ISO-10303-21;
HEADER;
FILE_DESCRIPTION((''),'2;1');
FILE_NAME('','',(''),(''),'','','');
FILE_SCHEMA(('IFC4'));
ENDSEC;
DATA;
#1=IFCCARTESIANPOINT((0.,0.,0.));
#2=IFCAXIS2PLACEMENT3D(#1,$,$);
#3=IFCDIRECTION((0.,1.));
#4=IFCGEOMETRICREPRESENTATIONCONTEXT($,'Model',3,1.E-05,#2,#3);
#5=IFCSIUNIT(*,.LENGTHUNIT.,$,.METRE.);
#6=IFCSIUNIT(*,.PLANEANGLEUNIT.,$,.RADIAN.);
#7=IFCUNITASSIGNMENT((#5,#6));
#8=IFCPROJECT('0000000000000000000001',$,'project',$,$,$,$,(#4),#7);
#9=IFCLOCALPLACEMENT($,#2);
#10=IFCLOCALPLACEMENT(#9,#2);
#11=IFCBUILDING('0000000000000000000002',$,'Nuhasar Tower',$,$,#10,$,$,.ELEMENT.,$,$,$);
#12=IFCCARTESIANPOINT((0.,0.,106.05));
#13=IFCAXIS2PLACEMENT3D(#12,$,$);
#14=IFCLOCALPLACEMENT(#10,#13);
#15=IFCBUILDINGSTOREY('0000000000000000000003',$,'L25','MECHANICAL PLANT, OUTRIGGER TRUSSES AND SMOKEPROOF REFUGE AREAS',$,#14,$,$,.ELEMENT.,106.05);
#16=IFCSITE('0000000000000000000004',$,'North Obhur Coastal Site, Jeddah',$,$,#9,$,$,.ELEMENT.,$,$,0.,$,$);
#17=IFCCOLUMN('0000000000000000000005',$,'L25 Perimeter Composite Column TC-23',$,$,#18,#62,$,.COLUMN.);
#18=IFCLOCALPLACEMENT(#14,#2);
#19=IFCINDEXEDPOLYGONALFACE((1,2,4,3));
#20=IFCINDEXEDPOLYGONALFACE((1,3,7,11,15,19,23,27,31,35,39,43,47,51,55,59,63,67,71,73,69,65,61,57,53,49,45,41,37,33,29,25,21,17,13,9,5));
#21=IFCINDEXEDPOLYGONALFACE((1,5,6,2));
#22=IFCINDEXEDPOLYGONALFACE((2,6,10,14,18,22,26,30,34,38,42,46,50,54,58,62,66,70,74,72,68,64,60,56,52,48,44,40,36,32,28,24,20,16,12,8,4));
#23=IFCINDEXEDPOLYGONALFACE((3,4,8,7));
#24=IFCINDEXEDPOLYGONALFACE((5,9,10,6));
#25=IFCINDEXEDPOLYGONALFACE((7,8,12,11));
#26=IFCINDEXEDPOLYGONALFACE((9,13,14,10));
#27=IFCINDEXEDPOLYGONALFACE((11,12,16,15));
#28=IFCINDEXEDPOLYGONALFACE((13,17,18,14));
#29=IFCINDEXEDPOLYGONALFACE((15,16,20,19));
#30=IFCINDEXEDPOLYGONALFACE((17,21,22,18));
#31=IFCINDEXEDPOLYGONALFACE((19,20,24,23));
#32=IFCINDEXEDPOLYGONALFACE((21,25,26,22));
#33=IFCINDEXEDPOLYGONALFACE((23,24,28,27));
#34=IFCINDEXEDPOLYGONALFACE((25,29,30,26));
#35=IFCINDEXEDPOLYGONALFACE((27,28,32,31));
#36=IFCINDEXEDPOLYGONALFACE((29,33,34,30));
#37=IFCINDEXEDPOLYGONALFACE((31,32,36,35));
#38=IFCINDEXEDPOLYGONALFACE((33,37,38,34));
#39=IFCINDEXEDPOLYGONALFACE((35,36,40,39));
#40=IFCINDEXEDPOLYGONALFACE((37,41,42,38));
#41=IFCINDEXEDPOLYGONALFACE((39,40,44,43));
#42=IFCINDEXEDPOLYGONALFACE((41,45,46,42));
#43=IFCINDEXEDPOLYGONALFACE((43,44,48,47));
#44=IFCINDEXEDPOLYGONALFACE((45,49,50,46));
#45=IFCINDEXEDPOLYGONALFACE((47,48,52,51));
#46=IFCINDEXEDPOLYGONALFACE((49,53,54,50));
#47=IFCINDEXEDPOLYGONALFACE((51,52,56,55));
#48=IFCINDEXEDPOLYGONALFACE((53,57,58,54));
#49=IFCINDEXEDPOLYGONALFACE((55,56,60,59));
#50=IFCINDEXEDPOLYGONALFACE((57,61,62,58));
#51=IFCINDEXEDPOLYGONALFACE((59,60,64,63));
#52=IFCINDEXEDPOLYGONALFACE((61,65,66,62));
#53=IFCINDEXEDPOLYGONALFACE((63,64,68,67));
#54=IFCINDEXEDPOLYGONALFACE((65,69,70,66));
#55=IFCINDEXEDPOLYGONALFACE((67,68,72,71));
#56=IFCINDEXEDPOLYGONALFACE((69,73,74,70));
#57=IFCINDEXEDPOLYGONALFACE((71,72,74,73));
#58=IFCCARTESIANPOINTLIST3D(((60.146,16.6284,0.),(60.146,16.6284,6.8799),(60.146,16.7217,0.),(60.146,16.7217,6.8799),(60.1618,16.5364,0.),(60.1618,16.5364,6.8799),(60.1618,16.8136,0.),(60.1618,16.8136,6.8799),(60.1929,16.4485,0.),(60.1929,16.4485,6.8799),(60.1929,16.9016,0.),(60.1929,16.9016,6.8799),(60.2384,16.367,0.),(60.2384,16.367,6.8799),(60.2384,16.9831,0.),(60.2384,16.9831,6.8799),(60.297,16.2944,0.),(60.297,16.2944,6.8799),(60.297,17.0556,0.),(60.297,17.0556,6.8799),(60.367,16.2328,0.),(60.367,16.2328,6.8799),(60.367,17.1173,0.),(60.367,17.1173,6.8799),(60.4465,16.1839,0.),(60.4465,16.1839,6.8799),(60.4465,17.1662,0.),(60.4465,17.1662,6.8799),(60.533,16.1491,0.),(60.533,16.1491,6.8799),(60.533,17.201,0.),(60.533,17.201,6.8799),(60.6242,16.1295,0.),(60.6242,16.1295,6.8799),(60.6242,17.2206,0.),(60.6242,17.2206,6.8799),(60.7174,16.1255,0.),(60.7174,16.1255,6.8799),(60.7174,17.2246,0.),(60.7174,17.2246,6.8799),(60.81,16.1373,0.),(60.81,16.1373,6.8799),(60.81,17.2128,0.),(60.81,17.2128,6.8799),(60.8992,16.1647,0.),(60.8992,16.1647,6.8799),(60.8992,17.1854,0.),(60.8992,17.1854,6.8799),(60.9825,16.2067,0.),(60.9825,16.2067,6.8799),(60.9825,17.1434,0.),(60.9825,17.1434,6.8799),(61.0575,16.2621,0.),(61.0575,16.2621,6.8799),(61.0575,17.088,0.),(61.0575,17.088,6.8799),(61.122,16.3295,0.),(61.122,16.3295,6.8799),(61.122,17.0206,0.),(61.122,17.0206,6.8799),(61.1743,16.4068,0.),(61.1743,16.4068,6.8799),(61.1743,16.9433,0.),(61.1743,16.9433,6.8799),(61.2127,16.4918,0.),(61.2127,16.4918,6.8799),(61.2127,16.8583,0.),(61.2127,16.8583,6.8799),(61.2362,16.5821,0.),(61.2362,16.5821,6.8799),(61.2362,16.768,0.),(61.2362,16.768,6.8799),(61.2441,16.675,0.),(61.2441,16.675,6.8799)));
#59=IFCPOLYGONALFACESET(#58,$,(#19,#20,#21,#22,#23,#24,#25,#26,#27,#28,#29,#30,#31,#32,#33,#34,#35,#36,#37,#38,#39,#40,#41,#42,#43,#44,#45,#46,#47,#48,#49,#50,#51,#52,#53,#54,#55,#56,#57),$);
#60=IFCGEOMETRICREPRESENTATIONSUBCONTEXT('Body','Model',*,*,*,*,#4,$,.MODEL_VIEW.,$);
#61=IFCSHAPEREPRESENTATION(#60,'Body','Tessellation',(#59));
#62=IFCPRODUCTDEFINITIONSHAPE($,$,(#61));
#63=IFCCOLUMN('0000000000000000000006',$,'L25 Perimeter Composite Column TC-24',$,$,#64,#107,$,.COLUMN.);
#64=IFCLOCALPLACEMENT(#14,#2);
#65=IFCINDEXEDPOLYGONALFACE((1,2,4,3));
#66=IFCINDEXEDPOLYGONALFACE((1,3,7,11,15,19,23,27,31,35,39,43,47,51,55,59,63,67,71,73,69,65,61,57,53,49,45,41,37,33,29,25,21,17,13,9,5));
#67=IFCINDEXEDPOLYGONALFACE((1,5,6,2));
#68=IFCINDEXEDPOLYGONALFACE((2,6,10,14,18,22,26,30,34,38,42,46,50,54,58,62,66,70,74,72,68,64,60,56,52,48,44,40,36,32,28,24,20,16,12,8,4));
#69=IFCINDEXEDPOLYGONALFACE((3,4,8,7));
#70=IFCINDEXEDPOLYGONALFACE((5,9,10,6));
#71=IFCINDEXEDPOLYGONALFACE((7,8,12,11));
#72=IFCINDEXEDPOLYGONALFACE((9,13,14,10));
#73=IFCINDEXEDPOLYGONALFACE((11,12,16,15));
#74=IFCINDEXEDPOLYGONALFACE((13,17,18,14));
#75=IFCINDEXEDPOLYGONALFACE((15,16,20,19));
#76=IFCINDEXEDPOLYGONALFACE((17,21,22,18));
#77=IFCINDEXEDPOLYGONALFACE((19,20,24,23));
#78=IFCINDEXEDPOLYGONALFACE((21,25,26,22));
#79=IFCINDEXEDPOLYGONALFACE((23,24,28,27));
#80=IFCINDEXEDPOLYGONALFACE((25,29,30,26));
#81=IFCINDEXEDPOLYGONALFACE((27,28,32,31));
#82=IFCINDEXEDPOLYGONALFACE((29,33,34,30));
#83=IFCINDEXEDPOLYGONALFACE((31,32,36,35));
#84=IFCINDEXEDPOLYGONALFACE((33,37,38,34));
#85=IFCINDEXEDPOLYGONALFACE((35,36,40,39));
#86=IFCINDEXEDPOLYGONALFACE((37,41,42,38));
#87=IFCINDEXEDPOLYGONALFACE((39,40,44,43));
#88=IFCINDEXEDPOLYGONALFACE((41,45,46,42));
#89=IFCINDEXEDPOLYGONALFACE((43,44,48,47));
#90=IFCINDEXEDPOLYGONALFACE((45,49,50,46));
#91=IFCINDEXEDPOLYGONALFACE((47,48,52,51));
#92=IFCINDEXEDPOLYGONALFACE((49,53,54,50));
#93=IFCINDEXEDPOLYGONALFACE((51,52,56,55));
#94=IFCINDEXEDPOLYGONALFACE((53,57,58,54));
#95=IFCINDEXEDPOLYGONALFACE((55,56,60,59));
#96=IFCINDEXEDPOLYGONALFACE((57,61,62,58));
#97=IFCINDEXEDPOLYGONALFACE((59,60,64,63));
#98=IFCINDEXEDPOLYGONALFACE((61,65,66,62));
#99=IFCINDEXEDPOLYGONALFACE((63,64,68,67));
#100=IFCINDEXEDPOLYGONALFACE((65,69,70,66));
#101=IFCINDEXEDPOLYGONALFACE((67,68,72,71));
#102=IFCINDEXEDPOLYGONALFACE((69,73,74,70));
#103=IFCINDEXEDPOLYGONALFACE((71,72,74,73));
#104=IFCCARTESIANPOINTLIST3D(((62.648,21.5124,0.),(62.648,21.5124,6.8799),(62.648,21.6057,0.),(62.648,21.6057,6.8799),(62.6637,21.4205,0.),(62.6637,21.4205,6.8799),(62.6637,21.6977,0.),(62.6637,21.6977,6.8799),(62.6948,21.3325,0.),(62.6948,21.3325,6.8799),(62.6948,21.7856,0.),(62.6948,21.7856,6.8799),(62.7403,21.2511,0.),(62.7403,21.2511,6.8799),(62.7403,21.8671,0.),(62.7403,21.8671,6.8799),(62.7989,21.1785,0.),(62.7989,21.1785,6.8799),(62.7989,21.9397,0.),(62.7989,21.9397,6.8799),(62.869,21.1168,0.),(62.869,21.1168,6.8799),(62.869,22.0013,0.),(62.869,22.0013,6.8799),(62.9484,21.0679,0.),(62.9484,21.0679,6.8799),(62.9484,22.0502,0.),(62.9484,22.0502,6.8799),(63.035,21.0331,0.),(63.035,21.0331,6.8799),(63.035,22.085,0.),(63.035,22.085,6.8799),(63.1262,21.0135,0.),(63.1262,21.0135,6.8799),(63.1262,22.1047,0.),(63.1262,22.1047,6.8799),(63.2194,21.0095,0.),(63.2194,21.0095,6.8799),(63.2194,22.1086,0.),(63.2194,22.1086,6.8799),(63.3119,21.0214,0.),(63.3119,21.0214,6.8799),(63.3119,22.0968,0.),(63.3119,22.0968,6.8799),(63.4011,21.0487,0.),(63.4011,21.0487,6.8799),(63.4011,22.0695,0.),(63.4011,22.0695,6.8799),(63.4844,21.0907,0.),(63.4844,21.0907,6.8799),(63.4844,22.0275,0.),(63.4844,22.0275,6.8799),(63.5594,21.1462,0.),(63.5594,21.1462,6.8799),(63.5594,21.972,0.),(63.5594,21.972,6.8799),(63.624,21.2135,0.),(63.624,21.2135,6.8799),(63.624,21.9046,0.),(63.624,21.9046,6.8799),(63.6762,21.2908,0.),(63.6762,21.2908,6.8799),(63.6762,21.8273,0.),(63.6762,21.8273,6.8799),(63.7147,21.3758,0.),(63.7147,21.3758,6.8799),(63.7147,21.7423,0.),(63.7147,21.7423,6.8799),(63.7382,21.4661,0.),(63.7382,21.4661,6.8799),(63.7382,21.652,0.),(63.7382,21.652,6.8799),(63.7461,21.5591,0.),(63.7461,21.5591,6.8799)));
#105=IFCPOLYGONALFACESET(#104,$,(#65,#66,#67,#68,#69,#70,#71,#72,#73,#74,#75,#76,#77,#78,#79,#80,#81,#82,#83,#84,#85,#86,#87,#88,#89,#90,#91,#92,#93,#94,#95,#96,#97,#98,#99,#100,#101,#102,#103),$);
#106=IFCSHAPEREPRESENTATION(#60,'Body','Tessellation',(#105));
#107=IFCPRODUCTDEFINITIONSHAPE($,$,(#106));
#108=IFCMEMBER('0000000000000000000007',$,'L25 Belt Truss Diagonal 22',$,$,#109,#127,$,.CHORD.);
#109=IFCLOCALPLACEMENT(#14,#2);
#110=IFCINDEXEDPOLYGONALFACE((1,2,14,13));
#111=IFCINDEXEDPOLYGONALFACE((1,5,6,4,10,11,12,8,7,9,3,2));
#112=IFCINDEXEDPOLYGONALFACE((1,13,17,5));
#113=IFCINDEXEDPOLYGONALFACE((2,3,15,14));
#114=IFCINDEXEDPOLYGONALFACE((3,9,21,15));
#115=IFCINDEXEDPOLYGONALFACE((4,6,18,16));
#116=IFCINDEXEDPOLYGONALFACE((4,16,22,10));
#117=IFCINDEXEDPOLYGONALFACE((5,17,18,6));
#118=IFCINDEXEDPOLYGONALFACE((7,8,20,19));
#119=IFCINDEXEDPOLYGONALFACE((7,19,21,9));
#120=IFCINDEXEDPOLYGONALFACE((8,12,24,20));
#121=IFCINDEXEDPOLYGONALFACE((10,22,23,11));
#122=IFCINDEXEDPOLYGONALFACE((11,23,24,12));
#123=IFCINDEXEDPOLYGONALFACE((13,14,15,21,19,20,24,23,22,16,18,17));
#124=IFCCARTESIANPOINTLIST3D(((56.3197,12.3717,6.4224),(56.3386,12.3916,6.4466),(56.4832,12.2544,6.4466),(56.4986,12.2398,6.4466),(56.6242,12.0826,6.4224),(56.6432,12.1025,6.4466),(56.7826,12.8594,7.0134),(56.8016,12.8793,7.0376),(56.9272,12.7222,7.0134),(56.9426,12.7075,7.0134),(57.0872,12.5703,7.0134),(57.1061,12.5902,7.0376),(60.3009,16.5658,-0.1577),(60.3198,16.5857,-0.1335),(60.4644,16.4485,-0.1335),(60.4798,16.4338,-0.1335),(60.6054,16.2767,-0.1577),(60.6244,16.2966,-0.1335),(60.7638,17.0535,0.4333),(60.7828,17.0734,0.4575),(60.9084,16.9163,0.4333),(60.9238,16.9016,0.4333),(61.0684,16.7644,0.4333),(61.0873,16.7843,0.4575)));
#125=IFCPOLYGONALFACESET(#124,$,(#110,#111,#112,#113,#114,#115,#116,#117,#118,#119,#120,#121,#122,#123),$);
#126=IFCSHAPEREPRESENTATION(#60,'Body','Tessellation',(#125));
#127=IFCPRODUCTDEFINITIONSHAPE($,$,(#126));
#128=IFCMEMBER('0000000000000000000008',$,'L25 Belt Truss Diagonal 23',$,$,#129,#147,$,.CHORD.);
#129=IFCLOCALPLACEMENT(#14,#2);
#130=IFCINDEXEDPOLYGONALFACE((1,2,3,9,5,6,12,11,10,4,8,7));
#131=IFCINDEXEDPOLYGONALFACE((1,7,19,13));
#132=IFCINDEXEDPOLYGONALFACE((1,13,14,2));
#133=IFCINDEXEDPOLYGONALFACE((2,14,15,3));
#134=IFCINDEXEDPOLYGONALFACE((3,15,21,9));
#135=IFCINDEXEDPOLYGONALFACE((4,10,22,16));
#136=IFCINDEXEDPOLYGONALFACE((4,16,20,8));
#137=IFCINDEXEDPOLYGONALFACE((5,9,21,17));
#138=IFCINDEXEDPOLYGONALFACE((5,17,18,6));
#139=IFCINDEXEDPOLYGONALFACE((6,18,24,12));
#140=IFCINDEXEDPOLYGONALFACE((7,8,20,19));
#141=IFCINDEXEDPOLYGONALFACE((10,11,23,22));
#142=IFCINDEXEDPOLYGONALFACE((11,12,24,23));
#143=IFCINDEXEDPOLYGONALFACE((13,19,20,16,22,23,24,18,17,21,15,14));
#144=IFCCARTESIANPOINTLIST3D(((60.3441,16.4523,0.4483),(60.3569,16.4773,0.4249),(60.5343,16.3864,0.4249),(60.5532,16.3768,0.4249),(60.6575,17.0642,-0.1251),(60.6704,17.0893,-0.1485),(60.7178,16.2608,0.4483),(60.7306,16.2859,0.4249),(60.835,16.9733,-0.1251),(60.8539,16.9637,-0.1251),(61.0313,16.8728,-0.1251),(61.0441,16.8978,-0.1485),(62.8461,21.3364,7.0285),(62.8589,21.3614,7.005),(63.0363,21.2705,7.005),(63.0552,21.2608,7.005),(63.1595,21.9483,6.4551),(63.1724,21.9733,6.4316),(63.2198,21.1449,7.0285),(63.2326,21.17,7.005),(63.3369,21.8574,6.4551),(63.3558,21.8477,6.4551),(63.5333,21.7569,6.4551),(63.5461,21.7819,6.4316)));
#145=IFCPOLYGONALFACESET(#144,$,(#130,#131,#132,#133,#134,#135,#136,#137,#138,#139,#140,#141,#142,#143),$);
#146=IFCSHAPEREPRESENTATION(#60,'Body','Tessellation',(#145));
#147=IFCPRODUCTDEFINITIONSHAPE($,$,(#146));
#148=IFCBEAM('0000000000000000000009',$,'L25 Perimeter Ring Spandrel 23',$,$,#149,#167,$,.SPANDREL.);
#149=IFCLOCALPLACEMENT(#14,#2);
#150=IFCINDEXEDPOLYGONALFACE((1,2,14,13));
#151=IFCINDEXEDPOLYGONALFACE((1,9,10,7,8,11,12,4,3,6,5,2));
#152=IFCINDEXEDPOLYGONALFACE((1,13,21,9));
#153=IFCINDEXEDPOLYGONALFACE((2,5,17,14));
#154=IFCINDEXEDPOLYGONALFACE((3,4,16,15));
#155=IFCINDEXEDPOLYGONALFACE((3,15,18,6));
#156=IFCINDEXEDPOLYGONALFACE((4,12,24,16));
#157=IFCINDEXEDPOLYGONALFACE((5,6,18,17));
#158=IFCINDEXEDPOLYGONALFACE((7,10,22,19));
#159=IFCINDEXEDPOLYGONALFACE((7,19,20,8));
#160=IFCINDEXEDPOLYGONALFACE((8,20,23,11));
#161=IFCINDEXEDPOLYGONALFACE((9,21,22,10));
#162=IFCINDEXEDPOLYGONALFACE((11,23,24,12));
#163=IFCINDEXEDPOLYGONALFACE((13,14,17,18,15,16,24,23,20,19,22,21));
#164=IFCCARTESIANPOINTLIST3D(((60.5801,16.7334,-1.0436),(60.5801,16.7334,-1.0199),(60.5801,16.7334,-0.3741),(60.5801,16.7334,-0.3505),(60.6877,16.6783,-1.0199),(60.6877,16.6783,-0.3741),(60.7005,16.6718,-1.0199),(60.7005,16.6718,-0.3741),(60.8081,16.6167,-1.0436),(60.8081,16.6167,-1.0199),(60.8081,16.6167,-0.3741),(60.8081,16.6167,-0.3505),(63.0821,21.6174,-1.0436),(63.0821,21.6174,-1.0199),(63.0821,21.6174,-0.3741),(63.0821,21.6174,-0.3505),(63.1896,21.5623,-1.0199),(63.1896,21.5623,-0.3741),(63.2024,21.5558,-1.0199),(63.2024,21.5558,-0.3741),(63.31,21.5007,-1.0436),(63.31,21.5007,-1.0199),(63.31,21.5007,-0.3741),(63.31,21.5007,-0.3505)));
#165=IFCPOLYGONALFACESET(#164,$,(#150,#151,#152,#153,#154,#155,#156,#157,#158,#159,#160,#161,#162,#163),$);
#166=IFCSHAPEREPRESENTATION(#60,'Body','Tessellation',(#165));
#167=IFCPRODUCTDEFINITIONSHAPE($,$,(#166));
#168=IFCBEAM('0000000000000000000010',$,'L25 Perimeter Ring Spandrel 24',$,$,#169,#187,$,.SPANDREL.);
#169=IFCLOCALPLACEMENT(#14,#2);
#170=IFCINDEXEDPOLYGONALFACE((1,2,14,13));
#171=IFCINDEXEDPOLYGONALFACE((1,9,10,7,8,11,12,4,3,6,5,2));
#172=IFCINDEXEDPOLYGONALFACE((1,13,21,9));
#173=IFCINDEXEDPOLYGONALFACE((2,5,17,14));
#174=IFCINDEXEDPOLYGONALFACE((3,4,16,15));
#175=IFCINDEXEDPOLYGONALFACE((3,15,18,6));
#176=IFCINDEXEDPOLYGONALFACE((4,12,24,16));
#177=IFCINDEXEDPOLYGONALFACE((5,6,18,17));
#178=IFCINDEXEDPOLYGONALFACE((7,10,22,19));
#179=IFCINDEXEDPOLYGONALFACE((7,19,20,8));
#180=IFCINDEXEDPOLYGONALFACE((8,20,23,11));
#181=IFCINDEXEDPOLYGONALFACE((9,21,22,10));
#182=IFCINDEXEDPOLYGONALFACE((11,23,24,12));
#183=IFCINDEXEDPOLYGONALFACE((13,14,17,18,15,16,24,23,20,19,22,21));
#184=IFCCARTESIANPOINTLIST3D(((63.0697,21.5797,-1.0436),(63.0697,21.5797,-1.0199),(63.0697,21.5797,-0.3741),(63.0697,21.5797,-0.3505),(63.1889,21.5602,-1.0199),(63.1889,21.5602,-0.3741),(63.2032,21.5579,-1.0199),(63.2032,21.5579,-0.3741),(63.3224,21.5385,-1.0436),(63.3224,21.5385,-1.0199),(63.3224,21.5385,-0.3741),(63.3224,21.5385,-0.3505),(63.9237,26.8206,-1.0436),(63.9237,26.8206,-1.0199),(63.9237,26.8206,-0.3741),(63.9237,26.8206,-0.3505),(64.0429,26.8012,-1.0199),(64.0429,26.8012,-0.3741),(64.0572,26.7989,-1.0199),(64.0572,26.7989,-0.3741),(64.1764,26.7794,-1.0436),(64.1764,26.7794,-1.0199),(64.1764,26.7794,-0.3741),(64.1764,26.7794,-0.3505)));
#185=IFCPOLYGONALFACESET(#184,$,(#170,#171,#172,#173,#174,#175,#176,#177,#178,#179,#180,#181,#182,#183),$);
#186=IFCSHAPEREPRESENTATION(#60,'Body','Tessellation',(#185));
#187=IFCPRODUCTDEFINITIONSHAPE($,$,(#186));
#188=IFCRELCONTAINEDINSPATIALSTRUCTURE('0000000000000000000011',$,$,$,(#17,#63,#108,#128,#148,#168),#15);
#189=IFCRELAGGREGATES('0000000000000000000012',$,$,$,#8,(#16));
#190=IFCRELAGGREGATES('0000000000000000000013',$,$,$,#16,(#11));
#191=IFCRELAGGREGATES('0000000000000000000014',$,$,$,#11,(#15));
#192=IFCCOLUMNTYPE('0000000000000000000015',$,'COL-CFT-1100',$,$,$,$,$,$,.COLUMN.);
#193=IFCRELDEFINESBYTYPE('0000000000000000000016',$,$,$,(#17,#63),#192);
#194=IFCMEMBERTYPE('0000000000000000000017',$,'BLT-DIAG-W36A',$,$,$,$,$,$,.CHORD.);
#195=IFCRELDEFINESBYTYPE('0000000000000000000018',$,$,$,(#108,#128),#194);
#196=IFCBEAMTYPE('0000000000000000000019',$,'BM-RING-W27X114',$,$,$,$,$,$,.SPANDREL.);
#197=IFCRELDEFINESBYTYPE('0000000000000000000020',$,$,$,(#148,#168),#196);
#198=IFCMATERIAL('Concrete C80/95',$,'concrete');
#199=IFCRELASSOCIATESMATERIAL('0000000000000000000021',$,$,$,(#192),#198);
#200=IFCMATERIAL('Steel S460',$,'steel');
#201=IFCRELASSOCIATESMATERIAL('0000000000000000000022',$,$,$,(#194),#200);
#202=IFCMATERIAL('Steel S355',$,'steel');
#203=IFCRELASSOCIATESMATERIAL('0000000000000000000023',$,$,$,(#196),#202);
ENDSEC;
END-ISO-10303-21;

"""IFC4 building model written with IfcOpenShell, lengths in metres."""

from ifc_helpers import new_model, si_unit, direction, frame, origin, origin_2d, place, context, subcontext, project, spatial, circle, i_section, extrude, material, material_profile, profile_set, type_object, element, save


model = new_model("IFC4")

# Units and contexts
model_context = context("Model", 3, precision=1e-05, world=origin(), true_north=direction((0.0, 1.0)))
body_context = subcontext(model_context, "Body", "Model", "MODEL_VIEW")
ifc_project = project(units=[si_unit("LENGTHUNIT", "METRE"), si_unit("PLANEANGLEUNIT", "RADIAN")], contexts=[model_context])

# Site, building, storey
site_placement = place(None, origin())
site = spatial("IfcSite", under=ifc_project, at=site_placement, Name="North Obhur Coastal Site, Jeddah", CompositionType="ELEMENT", RefElevation=0.0)
building_placement = place(site_placement, origin())
building = spatial("IfcBuilding", under=site, at=building_placement, Name="Nuhasar Tower", CompositionType="ELEMENT")
storey_placement = place(building_placement, frame((0.0, 0.0, 106.05)))
storey = spatial("IfcBuildingStorey", under=building, at=storey_placement, Name="L25", Description="MECHANICAL PLANT, OUTRIGGER TRUSSES AND SMOKEPROOF REFUGE AREAS", CompositionType="ELEMENT", Elevation=106.05)

# Columns
ifc_material_1 = material(Name="Concrete C80/95", Category="concrete")
ifc_material_profile_1 = material_profile(ifc_material_1, circle(Radius=0.55, at=origin_2d()), Name="CFT1100")
ifc_profile_set_1 = profile_set([ifc_material_profile_1], Name="Concrete C80/95")
column_type = type_object("IfcColumnType", Name="COL-CFT-1100", PredefinedType="COLUMN", material=ifc_profile_set_1)
for number, where, z_axis, x_axis, name in (
    (1, (60.6941, 16.675, 0.0), (0.0, 0.0, 1.0), (1.0, 0.0, 0.0), "L25 Perimeter Composite Column TC-23"),
    (2, (63.196, 21.5591, 0.0), (0.0, 0.0, 1.0), (1.0, 0.0, 0.0), "L25 Perimeter Composite Column TC-24"),
):
    element("IfcColumn", number, at=place(storey_placement, frame(where, z_axis=z_axis, x_axis=x_axis)), inside=storey, type_object=column_type, Name=name, PredefinedType="COLUMN", context=body_context, shape_type="SweptSolid", body=[
        extrude(circle(Radius=0.55, at=origin_2d()), origin(), (0.0, 0.0, 1.0), 6.8799),
    ])

# Members
ifc_material_2 = material(Name="Steel S460", Category="steel")
ifc_material_profile_2 = material_profile(ifc_material_2, i_section(OverallWidth=0.4199, OverallDepth=0.9319, WebThickness=0.0212, FlangeThickness=0.0366, at=origin_2d()), Name="W36X262")
ifc_profile_set_2 = profile_set([ifc_material_profile_2], Name="Steel S460")
member_type_1 = type_object("IfcMemberType", Name="BLT-DIAG-W36A", PredefinedType="CHORD", material=ifc_profile_set_2)
member_1_placement = place(storey_placement, frame((60.6941, 16.675, 0.1499), z_axis=(-0.454474, -0.478777, 0.75115), x_axis=(0.725274, -0.68846, 0.0)))
element("IfcMember", 3, at=member_1_placement, inside=storey, type_object=member_type_1, Name="L25 Belt Truss Diagonal 22", PredefinedType="CHORD", context=body_context, shape_type="SweptSolid", body=[
    extrude(i_section(OverallWidth=0.4199, OverallDepth=0.9319, WebThickness=0.0212, FlangeThickness=0.0366, at=origin_2d()), origin(), (0.0, 0.0, 1.0), 8.76),
])
member_2_placement = place(storey_placement, frame((60.6941, 16.675, 0.1499), z_axis=(0.292011, 0.570031, 0.767981), x_axis=(-0.890016, 0.45593, 0.0)))
element("IfcMember", 4, at=member_2_placement, inside=storey, type_object=member_type_1, Name="L25 Belt Truss Diagonal 23", PredefinedType="CHORD", context=body_context, shape_type="SweptSolid", body=[
    extrude(i_section(OverallWidth=0.4199, OverallDepth=0.9319, WebThickness=0.0212, FlangeThickness=0.0366, at=origin_2d()), origin(), (0.0, 0.0, 1.0), 8.5681),
])

# Beams
ifc_material_3 = material(Name="Steel S355", Category="steel")
ifc_material_profile_3 = material_profile(ifc_material_3, i_section(OverallWidth=0.2561, OverallDepth=0.6931, WebThickness=0.0144, FlangeThickness=0.0237, at=origin_2d()), Name="W27X114")
ifc_profile_set_3 = profile_set([ifc_material_profile_3], Name="Steel S355")
beam_type_1 = type_object("IfcBeamType", Name="BM-RING-W27X114", PredefinedType="SPANDREL", material=ifc_profile_set_3)
beam_1_placement = place(storey_placement, frame((60.6941, 16.675, -0.697), z_axis=(0.45593, 0.890016, 0.0), x_axis=(-0.890016, 0.45593, 0.0)))
element("IfcBeam", 5, at=beam_1_placement, inside=storey, type_object=beam_type_1, Name="L25 Perimeter Ring Spandrel 23", PredefinedType="SPANDREL", context=body_context, shape_type="SweptSolid", body=[
    extrude(i_section(OverallWidth=0.2561, OverallDepth=0.6931, WebThickness=0.0144, FlangeThickness=0.0237, at=origin_2d()), origin(), (0.0, 0.0, 1.0), 5.4875),
])
beam_2_placement = place(storey_placement, frame((63.196, 21.5591, -0.697), z_axis=(0.160827, 0.986983, 0.0), x_axis=(-0.986983, 0.160827, 0.0)))
element("IfcBeam", 6, at=beam_2_placement, inside=storey, type_object=beam_type_1, Name="L25 Perimeter Ring Spandrel 24", PredefinedType="SPANDREL", context=body_context, shape_type="SweptSolid", body=[
    extrude(i_section(OverallWidth=0.2561, OverallDepth=0.6931, WebThickness=0.0144, FlangeThickness=0.0237, at=origin_2d()), origin(), (0.0, 0.0, 1.0), 5.3101),
])

save(model, "model.ifc")
